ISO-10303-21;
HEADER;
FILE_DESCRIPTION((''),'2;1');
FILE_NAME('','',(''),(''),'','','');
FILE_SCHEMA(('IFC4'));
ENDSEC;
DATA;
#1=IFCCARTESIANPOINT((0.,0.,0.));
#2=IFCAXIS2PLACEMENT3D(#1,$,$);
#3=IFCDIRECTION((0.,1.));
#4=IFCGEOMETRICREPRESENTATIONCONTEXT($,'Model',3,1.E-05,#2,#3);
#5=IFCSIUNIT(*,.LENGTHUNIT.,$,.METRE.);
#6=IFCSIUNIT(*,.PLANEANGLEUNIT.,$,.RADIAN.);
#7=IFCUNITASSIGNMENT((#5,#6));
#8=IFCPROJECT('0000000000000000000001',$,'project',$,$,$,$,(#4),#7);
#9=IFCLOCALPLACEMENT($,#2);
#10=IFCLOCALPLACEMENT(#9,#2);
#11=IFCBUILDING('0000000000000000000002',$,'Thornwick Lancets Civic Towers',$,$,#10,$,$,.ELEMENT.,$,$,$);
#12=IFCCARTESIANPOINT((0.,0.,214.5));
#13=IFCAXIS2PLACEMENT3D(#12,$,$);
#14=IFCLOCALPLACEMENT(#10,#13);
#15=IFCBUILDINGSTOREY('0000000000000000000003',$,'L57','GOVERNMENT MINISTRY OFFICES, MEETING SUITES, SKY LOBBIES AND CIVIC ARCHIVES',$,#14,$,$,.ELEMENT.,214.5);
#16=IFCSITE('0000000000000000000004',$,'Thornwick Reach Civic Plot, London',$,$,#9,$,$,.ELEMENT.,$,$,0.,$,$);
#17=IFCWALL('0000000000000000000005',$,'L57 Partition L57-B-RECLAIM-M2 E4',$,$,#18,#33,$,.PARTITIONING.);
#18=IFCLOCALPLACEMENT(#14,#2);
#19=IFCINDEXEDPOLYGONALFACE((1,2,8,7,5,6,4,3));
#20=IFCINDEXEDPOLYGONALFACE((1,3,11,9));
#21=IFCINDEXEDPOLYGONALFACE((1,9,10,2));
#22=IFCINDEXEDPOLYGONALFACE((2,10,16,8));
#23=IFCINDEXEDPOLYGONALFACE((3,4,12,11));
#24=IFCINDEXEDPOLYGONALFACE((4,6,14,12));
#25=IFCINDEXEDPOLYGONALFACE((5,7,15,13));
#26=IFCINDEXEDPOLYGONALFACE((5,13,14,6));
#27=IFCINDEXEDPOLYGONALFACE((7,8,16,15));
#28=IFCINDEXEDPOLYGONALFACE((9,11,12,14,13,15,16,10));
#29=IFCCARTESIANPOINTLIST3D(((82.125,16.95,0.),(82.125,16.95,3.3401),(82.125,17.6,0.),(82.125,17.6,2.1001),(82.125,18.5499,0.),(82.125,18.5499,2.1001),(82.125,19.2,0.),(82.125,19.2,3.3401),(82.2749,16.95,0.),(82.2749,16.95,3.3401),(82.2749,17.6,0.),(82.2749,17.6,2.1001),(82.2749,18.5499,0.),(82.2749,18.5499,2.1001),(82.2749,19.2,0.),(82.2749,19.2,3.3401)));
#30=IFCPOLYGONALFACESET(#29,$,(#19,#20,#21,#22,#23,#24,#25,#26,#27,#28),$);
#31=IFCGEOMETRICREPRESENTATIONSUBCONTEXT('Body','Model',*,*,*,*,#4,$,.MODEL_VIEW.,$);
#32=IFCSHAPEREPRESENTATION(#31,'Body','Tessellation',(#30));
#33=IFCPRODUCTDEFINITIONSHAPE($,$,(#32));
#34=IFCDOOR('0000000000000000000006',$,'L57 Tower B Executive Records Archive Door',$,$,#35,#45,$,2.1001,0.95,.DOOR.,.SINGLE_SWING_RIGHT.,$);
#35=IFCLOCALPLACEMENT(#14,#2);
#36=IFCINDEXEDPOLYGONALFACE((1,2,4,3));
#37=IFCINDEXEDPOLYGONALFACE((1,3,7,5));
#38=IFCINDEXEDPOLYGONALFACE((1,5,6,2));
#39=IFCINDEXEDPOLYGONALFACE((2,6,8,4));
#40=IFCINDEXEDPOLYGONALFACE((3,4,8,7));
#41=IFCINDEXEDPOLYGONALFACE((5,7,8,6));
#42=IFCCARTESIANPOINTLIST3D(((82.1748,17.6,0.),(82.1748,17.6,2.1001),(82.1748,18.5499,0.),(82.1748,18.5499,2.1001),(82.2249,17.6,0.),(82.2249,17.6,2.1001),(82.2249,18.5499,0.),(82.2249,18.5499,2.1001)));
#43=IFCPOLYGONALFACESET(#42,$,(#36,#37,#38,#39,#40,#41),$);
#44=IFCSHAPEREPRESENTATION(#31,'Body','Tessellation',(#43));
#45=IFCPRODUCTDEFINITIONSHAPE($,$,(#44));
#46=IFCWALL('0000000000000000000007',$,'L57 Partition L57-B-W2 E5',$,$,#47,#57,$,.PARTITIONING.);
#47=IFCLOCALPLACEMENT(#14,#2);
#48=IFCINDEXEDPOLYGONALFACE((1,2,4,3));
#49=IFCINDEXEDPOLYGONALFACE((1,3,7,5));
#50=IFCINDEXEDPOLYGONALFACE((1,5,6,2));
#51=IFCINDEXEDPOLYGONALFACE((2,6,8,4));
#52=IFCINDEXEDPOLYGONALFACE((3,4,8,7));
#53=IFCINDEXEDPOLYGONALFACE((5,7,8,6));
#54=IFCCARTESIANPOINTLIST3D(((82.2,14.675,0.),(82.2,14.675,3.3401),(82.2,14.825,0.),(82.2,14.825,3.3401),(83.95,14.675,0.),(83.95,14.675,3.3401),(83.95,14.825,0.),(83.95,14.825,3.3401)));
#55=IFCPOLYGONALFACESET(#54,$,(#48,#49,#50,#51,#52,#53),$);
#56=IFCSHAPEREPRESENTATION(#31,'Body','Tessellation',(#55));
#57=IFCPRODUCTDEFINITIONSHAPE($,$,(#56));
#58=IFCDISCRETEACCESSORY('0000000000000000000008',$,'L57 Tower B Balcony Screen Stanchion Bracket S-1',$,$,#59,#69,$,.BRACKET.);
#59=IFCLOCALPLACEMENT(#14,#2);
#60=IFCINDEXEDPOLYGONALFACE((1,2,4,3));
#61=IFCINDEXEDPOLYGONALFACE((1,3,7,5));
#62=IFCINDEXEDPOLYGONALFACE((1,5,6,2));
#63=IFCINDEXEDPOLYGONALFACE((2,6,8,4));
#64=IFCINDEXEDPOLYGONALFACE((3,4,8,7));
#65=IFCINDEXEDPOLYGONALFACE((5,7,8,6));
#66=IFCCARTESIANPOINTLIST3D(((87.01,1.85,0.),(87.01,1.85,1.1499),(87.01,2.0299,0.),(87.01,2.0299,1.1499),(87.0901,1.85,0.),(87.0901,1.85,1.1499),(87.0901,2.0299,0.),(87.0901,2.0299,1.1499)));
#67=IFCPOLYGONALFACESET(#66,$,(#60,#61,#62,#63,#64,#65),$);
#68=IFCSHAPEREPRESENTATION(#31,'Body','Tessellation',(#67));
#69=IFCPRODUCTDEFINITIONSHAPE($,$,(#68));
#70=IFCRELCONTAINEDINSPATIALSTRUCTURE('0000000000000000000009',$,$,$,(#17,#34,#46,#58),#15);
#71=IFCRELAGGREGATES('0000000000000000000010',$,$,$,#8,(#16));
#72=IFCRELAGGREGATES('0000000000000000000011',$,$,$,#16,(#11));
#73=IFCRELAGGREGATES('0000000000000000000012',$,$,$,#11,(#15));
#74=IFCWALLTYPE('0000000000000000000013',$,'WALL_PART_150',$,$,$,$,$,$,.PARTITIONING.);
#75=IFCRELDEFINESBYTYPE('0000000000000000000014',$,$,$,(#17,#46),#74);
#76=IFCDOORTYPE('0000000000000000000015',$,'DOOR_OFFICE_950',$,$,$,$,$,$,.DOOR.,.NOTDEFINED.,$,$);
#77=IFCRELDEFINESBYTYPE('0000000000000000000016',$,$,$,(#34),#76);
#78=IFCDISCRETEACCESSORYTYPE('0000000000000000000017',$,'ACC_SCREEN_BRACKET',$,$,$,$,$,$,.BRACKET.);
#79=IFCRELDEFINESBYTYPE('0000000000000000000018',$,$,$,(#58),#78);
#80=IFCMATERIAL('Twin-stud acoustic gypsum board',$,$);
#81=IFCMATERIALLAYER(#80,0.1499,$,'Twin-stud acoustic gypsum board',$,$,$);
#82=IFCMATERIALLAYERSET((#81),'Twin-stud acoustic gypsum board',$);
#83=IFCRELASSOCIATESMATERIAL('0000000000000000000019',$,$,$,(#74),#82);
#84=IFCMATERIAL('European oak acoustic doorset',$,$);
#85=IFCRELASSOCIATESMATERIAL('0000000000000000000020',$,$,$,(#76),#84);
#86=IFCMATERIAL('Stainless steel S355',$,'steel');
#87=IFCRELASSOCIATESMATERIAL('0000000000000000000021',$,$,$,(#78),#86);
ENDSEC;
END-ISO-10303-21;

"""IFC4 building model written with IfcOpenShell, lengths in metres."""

from ifc_helpers import new_model, si_unit, direction, frame, frame_2d, origin, origin_2d, place, context, subcontext, project, spatial, rectangle, extrude, material, layer, layer_set, type_object, element, fill, save


model = new_model("IFC4")

# Units and contexts
model_context = context("Model", 3, precision=1e-05, world=origin(), true_north=direction((0.0, 1.0)))
body_context = subcontext(model_context, "Body", "Model", "MODEL_VIEW")
ifc_project = project(units=[si_unit("LENGTHUNIT", "METRE"), si_unit("PLANEANGLEUNIT", "RADIAN")], contexts=[model_context])

# Site, building, storey
site_placement = place(None, origin())
site = spatial("IfcSite", under=ifc_project, at=site_placement, Name="Thornwick Reach Civic Plot, London", CompositionType="ELEMENT", RefElevation=0.0)
building_placement = place(site_placement, origin())
building = spatial("IfcBuilding", under=site, at=building_placement, Name="Thornwick Lancets Civic Towers", CompositionType="ELEMENT")
storey_placement = place(building_placement, frame((0.0, 0.0, 214.5)))
storey = spatial("IfcBuildingStorey", under=building, at=storey_placement, Name="L57", Description="GOVERNMENT MINISTRY OFFICES, MEETING SUITES, SKY LOBBIES AND CIVIC ARCHIVES", CompositionType="ELEMENT", Elevation=214.5)

# Shared definitions
ifc_material_1 = material(Name="Twin-stud acoustic gypsum board")
ifc_layer_1 = layer(ifc_material_1, 0.1499, Name="Twin-stud acoustic gypsum board")
ifc_layer_set_1 = layer_set([ifc_layer_1], Name="Twin-stud acoustic gypsum board")
wall_type_1 = type_object("IfcWallType", Name="WALL_PART_150", PredefinedType="PARTITIONING", material=ifc_layer_set_1)

# Wall, opening, door
wall_1_placement = place(storey_placement, frame((82.2, 19.2, 0.0), z_axis=(0.0, 0.0, 1.0), x_axis=(0.0, -1.0, 0.0)))
wall_1 = element("IfcWall", 1, at=wall_1_placement, inside=storey, type_object=wall_type_1, Name="L57 Partition L57-B-RECLAIM-M2 E4", PredefinedType="PARTITIONING", context=body_context, shape_type="SweptSolid", body=[
    extrude(rectangle(XDim=2.25, YDim=0.1499, at=frame_2d((1.125, 0.0))), origin(), (0.0, 0.0, 1.0), 3.3401),
])
opening_1_placement = place(wall_1_placement, frame((0.6499, 0.0, 0.0)))
opening_1 = element("IfcOpeningElement", 2, at=opening_1_placement, cuts=wall_1, PredefinedType="OPENING", context=body_context, shape_type="SweptSolid", body=[
    extrude(rectangle(XDim=0.95, YDim=2.1001, at=frame_2d((0.4751, 1.05))), frame((0.0, 0.085, 0.0), z_axis=(0.0, -1.0, 0.0), x_axis=(1.0, 0.0, 0.0)), (0.0, 0.0, 1.0), 0.1699),
])
ifc_material_2 = material(Name="European oak acoustic doorset")
door_type_1 = type_object("IfcDoorType", Name="DOOR_OFFICE_950", OperationType="NOTDEFINED", PredefinedType="DOOR", material=ifc_material_2)
door_1_placement = place(opening_1_placement, origin())
door_1 = element("IfcDoor", 3, at=door_1_placement, inside=storey, type_object=door_type_1, Name="L57 Tower B Executive Records Archive Door", OperationType="SINGLE_SWING_RIGHT", OverallHeight=2.1001, OverallWidth=0.95, PredefinedType="DOOR", context=body_context, shape_type="SweptSolid", body=[
    extrude(rectangle(XDim=0.95, YDim=2.1001, at=frame_2d((0.4751, 1.05))), frame((0.0, 0.0249, 0.0), z_axis=(0.0, -1.0, 0.0), x_axis=(1.0, 0.0, 0.0)), (0.0, 0.0, 1.0), 0.05),
])
fill(opening_1, door_1)

# Wall
wall_2_placement = place(storey_placement, frame((82.2, 14.75, 0.0), z_axis=(0.0, 0.0, 1.0), x_axis=(1.0, 0.0, 0.0)))
element("IfcWall", 4, at=wall_2_placement, inside=storey, type_object=wall_type_1, Name="L57 Partition L57-B-W2 E5", PredefinedType="PARTITIONING", context=body_context, shape_type="SweptSolid", body=[
    extrude(rectangle(XDim=1.75, YDim=0.1499, at=frame_2d((0.875, 0.0))), origin(), (0.0, 0.0, 1.0), 3.3401),
])

# Discrete accessory
ifc_material_3 = material(Name="Stainless steel S355", Category="steel")
discrete_accessory_type = type_object("IfcDiscreteAccessoryType", Name="ACC_SCREEN_BRACKET", PredefinedType="BRACKET", material=ifc_material_3)
discrete_accessory_placement = place(storey_placement, frame((87.05, 1.9399, 0.0), z_axis=(0.0, 0.0, 1.0), x_axis=(1.0, 0.0, 0.0)))
element("IfcDiscreteAccessory", 5, at=discrete_accessory_placement, inside=storey, type_object=discrete_accessory_type, Name="L57 Tower B Balcony Screen Stanchion Bracket S-1", PredefinedType="BRACKET", context=body_context, shape_type="SweptSolid", body=[
    extrude(rectangle(XDim=0.0801, YDim=0.1799, at=origin_2d()), origin(), (0.0, 0.0, 1.0), 1.1499),
])

save(model, "model.ifc")
